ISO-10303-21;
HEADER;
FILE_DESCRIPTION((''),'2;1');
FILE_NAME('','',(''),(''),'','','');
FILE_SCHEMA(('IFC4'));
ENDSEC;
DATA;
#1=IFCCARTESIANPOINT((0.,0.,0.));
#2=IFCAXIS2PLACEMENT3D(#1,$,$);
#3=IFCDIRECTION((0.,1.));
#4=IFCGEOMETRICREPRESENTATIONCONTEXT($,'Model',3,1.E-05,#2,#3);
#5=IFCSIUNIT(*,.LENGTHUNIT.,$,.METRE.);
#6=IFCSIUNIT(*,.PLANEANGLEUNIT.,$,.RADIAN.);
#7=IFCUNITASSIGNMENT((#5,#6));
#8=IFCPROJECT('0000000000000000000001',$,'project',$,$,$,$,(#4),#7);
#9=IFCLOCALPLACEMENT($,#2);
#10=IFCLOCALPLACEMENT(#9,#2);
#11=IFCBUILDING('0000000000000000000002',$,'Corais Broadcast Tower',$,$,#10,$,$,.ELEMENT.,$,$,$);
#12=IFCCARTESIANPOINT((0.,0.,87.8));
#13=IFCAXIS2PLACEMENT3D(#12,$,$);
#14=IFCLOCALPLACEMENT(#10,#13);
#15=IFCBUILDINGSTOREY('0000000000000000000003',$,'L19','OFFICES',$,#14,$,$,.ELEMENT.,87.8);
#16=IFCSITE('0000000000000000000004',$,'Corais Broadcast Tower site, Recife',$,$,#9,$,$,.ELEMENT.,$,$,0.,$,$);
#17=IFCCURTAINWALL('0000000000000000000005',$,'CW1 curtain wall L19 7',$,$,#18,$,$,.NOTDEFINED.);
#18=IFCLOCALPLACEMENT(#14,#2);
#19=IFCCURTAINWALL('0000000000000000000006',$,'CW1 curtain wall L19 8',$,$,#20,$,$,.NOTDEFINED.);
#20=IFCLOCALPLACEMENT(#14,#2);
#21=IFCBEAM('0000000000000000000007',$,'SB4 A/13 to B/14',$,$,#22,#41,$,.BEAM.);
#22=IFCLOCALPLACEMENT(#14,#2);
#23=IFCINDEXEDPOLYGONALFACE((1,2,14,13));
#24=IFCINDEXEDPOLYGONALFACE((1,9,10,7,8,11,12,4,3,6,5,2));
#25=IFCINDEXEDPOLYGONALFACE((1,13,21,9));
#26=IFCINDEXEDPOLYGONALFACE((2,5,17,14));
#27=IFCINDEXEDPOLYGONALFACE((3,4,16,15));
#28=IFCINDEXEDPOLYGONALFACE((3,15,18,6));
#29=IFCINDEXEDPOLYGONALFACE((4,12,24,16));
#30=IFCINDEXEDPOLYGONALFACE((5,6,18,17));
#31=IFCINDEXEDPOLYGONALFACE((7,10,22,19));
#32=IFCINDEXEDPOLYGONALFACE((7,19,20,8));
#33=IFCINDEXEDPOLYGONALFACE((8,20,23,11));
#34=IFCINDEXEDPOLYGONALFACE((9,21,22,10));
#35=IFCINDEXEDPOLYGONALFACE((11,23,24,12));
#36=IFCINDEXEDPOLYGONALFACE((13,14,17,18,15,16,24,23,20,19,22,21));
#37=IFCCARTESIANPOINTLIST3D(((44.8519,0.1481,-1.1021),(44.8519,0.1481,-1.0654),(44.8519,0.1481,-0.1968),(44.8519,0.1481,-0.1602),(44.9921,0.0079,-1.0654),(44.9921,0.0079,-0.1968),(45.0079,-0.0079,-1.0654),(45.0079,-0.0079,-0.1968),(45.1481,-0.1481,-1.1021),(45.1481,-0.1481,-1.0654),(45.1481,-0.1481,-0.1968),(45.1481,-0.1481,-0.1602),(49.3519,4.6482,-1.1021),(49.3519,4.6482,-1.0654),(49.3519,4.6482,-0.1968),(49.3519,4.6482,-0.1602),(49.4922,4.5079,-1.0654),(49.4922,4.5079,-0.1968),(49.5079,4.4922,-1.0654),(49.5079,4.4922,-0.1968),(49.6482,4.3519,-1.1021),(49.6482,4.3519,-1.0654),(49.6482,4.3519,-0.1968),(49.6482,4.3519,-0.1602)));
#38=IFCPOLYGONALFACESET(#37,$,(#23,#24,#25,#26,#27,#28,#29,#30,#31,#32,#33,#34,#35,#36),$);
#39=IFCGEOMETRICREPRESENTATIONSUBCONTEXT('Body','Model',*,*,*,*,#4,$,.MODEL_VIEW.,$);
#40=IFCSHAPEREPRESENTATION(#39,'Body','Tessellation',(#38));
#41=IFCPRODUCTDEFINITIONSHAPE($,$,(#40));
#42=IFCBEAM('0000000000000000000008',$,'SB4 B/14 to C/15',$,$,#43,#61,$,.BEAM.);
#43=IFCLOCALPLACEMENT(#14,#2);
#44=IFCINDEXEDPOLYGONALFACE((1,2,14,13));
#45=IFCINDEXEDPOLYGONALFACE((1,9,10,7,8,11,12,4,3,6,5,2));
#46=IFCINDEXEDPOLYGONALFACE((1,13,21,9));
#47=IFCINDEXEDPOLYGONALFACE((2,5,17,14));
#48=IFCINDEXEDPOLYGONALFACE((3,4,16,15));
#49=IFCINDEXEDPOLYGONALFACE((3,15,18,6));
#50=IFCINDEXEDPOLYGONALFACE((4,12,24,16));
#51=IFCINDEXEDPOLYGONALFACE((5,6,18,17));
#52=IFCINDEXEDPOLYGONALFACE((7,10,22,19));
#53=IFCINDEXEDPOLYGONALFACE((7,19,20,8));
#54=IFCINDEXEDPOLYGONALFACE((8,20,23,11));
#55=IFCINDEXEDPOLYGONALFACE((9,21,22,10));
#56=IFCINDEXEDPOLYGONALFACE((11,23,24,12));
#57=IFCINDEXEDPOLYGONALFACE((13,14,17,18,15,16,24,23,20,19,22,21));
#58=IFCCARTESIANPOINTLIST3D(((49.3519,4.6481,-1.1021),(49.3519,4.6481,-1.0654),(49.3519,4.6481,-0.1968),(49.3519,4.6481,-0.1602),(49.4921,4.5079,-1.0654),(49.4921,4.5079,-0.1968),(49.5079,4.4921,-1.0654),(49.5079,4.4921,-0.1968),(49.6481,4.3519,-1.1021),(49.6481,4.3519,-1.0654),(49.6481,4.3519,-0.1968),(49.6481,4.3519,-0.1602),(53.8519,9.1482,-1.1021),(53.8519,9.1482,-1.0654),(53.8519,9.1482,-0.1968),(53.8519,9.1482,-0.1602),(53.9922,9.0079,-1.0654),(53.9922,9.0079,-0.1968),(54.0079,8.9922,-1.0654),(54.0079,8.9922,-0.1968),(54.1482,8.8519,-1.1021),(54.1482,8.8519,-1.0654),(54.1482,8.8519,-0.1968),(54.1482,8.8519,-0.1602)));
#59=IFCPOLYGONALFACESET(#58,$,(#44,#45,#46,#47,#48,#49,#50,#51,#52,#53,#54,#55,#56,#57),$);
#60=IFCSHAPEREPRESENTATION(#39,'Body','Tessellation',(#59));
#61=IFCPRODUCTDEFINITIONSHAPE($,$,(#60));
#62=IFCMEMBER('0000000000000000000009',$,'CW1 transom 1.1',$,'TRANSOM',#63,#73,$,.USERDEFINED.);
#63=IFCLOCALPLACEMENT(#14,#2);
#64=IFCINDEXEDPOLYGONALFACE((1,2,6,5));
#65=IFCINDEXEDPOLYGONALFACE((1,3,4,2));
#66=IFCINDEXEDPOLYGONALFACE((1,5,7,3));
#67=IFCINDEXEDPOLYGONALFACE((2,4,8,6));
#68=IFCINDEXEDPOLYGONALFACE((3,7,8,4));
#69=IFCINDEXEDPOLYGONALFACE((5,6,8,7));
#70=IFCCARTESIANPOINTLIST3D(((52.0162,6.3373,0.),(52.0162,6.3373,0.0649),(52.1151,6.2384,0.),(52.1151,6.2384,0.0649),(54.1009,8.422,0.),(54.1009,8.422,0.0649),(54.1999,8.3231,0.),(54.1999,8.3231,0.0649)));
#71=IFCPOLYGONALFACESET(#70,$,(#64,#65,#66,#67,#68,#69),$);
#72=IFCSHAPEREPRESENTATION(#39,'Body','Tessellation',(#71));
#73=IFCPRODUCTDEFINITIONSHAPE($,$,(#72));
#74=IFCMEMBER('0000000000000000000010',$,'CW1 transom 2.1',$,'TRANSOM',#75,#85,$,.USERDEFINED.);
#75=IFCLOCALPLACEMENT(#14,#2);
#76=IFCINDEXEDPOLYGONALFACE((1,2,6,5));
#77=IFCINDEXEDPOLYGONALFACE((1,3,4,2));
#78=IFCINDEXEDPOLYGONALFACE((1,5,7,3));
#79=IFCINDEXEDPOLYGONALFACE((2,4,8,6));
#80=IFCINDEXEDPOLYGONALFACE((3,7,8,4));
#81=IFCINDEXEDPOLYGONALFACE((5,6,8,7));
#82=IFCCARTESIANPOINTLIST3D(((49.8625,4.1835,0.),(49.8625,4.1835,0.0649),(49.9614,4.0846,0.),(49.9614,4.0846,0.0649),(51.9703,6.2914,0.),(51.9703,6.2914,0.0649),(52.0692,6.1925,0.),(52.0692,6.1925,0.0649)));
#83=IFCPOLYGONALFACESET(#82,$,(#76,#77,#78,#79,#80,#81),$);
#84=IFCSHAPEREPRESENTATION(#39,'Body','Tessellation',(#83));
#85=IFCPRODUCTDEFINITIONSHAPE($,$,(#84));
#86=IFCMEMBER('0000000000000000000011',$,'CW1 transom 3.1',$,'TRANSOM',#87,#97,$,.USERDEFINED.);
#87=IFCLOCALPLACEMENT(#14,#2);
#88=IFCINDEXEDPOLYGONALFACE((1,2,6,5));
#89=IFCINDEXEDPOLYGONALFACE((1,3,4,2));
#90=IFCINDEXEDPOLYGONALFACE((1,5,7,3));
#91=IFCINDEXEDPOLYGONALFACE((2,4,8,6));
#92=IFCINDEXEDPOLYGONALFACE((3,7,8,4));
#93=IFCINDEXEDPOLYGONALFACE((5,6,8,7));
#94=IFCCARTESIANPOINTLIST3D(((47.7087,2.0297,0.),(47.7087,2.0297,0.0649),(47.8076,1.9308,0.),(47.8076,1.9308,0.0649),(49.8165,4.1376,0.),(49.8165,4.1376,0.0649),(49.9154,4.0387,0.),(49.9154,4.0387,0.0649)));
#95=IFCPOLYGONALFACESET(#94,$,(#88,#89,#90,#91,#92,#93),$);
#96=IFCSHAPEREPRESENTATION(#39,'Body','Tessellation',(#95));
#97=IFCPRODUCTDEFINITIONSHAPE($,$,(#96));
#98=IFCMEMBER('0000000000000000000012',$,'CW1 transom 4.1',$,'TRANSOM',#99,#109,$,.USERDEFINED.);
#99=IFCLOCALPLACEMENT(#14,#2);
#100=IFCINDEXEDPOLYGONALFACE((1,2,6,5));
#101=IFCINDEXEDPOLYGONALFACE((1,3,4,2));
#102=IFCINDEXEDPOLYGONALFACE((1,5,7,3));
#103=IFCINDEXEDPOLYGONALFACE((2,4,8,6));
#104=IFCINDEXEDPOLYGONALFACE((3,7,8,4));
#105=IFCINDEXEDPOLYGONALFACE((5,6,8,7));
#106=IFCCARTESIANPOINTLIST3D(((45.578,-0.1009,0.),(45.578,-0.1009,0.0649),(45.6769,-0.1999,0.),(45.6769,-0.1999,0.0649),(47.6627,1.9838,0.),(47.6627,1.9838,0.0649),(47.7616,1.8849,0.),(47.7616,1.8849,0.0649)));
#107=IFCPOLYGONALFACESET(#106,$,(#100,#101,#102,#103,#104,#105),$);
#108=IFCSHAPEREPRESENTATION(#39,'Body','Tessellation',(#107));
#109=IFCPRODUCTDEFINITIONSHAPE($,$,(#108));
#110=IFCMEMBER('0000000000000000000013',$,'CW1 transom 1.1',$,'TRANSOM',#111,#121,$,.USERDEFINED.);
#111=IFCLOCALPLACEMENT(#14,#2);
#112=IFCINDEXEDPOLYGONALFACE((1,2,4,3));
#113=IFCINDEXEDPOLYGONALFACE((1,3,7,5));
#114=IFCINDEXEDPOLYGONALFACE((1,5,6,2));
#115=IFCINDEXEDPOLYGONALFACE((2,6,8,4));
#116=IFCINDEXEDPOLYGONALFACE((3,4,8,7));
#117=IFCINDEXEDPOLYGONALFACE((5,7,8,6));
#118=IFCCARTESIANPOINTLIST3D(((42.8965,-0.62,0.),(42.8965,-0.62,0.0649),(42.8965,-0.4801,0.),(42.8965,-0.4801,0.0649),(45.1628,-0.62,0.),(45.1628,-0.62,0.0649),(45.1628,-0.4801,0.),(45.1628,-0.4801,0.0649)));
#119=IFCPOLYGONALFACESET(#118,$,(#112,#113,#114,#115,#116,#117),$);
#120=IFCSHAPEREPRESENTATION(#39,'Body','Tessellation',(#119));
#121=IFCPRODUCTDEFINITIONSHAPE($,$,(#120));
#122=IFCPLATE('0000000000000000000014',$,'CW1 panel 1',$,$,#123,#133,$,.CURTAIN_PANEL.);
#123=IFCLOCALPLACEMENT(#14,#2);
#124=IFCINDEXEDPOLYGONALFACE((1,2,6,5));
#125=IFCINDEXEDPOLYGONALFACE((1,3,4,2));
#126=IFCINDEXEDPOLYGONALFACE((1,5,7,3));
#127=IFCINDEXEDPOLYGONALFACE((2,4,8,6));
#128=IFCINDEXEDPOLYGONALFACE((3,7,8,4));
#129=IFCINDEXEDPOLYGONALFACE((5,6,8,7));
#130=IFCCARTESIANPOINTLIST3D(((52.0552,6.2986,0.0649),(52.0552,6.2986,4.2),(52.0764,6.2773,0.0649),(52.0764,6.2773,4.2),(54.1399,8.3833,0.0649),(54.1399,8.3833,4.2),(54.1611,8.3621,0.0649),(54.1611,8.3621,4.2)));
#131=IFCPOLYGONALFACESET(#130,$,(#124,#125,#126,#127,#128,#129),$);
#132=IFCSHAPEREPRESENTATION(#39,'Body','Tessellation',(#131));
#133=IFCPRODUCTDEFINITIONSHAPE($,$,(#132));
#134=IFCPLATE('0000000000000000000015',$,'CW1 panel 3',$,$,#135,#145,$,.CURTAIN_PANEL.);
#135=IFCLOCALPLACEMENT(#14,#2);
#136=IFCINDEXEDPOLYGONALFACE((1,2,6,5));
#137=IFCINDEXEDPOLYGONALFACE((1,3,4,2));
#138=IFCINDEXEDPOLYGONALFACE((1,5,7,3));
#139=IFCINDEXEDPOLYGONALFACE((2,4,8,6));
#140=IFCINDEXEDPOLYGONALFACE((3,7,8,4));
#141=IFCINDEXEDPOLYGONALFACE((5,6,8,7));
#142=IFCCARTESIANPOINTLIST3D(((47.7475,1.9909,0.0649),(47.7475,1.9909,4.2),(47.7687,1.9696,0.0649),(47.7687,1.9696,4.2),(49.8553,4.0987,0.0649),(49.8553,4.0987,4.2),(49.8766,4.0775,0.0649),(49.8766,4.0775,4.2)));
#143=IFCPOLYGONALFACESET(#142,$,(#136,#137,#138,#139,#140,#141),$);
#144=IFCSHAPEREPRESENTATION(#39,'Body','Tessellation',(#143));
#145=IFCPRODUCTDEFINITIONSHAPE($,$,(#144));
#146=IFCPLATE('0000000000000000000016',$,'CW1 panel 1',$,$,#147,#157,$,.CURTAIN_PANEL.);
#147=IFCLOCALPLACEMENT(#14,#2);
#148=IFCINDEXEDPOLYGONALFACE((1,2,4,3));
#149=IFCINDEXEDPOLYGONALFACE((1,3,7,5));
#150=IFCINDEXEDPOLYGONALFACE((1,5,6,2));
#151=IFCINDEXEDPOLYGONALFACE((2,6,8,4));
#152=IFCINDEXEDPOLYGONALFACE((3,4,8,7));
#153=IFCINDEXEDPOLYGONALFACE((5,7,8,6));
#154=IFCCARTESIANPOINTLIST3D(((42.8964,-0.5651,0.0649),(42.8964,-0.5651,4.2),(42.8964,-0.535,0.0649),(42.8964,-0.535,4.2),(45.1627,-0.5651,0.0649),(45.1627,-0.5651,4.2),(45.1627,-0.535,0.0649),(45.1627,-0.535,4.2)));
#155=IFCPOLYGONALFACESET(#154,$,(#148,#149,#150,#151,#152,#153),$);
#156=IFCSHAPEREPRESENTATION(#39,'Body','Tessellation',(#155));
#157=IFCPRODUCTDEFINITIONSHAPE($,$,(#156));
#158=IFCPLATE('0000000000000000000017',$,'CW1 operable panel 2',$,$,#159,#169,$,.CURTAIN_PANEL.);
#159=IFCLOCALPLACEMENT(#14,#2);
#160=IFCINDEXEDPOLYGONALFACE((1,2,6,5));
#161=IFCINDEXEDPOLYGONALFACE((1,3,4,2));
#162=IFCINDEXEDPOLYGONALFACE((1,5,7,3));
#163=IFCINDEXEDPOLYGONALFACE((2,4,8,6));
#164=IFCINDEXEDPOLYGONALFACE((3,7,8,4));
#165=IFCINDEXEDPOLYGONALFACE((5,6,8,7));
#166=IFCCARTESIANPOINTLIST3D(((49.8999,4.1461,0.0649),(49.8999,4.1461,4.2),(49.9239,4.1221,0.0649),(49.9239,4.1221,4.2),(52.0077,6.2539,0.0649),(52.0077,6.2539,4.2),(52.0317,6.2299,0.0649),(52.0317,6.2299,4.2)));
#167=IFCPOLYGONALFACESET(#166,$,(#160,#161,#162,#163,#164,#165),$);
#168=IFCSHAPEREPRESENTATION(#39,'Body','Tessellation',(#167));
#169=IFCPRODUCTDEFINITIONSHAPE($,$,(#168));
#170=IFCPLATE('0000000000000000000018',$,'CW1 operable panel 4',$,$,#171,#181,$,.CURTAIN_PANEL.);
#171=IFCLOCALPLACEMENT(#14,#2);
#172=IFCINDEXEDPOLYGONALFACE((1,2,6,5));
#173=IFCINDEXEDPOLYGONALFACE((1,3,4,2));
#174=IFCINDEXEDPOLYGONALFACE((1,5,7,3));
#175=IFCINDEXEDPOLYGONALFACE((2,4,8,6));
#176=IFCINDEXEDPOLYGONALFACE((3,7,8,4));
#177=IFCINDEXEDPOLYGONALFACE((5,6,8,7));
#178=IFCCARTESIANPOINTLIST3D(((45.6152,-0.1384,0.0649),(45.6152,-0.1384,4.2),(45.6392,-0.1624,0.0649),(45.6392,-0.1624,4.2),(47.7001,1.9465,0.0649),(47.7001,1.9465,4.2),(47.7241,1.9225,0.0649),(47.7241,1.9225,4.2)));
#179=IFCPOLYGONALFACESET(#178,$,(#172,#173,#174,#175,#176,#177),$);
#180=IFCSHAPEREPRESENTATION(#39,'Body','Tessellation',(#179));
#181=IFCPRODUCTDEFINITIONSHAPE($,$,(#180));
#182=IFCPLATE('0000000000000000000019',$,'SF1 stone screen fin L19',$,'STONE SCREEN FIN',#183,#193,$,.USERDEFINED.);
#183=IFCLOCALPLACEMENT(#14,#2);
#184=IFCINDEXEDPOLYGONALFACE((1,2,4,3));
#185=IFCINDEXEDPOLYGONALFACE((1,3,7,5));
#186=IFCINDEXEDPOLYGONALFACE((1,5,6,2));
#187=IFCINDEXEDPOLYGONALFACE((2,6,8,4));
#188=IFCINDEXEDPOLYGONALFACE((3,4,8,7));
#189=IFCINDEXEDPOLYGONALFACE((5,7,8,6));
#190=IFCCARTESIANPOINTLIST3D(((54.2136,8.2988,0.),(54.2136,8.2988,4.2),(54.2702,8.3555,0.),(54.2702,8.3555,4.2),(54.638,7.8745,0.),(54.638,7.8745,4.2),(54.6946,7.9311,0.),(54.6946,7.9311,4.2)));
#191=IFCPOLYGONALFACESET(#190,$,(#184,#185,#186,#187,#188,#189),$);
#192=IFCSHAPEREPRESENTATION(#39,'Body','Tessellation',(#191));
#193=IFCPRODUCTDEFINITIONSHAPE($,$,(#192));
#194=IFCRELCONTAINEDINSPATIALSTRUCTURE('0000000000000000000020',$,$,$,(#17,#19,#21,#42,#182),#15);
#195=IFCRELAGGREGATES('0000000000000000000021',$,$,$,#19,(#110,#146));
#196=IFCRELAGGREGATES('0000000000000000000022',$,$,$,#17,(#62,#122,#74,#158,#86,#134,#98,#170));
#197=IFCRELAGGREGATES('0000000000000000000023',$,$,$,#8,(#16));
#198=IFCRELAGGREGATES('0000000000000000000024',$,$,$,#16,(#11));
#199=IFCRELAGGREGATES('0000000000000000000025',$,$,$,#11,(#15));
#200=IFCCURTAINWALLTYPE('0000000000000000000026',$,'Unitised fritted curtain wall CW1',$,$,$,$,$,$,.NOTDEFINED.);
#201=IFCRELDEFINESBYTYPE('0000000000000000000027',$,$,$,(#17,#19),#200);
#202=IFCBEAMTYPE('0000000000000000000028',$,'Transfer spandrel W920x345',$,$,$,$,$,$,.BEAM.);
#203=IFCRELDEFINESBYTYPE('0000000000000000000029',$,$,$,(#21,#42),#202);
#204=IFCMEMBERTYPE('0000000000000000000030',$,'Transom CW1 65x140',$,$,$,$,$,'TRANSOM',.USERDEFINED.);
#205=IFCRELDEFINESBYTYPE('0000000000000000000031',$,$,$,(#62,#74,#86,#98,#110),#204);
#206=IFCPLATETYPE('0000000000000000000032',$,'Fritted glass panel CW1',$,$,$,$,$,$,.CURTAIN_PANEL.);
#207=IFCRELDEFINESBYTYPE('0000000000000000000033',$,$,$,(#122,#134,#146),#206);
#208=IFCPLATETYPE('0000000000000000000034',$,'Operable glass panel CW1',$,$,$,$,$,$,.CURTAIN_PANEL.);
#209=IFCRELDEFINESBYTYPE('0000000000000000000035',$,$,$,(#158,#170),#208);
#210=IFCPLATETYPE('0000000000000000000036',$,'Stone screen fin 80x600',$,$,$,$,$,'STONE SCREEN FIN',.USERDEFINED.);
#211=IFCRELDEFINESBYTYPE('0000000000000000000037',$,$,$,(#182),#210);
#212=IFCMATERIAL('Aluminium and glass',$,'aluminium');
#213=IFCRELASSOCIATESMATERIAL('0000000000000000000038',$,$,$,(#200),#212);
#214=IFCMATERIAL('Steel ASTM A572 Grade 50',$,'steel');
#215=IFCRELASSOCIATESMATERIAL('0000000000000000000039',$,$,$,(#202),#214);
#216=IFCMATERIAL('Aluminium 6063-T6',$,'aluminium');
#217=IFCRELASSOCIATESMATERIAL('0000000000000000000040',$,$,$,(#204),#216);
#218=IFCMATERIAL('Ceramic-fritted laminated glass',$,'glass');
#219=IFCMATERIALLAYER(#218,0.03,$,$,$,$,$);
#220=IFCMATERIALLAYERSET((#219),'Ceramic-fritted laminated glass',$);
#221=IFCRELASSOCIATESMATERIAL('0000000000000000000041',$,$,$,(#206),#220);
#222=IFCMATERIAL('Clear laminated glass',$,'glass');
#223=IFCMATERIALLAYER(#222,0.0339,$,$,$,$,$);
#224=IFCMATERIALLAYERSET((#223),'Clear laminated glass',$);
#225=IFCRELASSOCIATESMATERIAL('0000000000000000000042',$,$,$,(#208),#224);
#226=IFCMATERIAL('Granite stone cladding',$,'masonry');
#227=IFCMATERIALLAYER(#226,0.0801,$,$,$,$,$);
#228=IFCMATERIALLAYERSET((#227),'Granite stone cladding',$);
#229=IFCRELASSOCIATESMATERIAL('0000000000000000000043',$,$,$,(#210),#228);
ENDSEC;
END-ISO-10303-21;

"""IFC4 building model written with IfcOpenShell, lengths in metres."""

from ifc_helpers import new_model, si_unit, direction, frame, origin, origin_2d, place, context, subcontext, project, spatial, rectangle, i_section, extrude, material, layer, layer_set, material_profile, profile_set, type_object, element, aggregate, save


model = new_model("IFC4")

# Units and contexts
model_context = context("Model", 3, precision=1e-05, world=origin(), true_north=direction((0.0, 1.0)))
body_context = subcontext(model_context, "Body", "Model", "MODEL_VIEW")
ifc_project = project(units=[si_unit("LENGTHUNIT", "METRE"), si_unit("PLANEANGLEUNIT", "RADIAN")], contexts=[model_context])

# Site, building, storey
site_placement = place(None, origin())
site = spatial("IfcSite", under=ifc_project, at=site_placement, Name="Corais Broadcast Tower site, Recife", CompositionType="ELEMENT", RefElevation=0.0)
building_placement = place(site_placement, origin())
building = spatial("IfcBuilding", under=site, at=building_placement, Name="Corais Broadcast Tower", CompositionType="ELEMENT")
storey_placement = place(building_placement, frame((0.0, 0.0, 87.8)))
storey = spatial("IfcBuildingStorey", under=building, at=storey_placement, Name="L19", Description="OFFICES", CompositionType="ELEMENT", Elevation=87.8)

# Shared definitions
ifc_material_1 = material(Name="Aluminium and glass", Category="aluminium")
curtain_wall_type = type_object("IfcCurtainWallType", Name="Unitised fritted curtain wall CW1", PredefinedType="NOTDEFINED", material=ifc_material_1)

# Curtain wall
curtain_wall_1_placement = place(storey_placement, origin())
curtain_wall_1 = element("IfcCurtainWall", 1, at=curtain_wall_1_placement, inside=storey, type_object=curtain_wall_type, Name="CW1 curtain wall L19 7", PredefinedType="NOTDEFINED")

# Curtain wall
curtain_wall_2_placement = place(storey_placement, origin())
curtain_wall_2 = element("IfcCurtainWall", 2, at=curtain_wall_2_placement, inside=storey, type_object=curtain_wall_type, Name="CW1 curtain wall L19 8", PredefinedType="NOTDEFINED")

# Beams
ifc_material_2 = material(Name="Steel ASTM A572 Grade 50", Category="steel")
ifc_material_profile_1 = material_profile(ifc_material_2, i_section(OverallWidth=0.4189, OverallDepth=0.9419, WebThickness=0.0222, FlangeThickness=0.0366, at=origin_2d()), Name="W920x345")
ifc_profile_set_1 = profile_set([ifc_material_profile_1], Name="Steel ASTM A572 Grade 50")
beam_type_1 = type_object("IfcBeamType", Name="Transfer spandrel W920x345", PredefinedType="BEAM", material=ifc_profile_set_1)
for number, where, z_axis, x_axis, name in (
    (3, (45.0, 0.0, -0.6311), (0.707107, 0.707107, 0.0), (-0.707107, 0.707107, 0.0), "SB4 A/13 to B/14"),
    (4, (49.5, 4.5, -0.6311), (0.707107, 0.707107, 0.0), (-0.707107, 0.707107, 0.0), "SB4 B/14 to C/15"),
):
    element("IfcBeam", number, at=place(storey_placement, frame(where, z_axis=z_axis, x_axis=x_axis)), inside=storey, type_object=beam_type_1, Name=name, PredefinedType="BEAM", context=body_context, shape_type="SweptSolid", body=[
        extrude(i_section(OverallWidth=0.4189, OverallDepth=0.9419, WebThickness=0.0222, FlangeThickness=0.0366, at=origin_2d()), origin(), (0.0, 0.0, 1.0), 6.364),
    ])

# Members
ifc_material_3 = material(Name="Aluminium 6063-T6", Category="aluminium")
ifc_material_profile_2 = material_profile(ifc_material_3, rectangle(XDim=0.1399, YDim=0.0649, at=origin_2d()), Name="Transom CW1 65x140")
ifc_profile_set_2 = profile_set([ifc_material_profile_2], Name="Aluminium 6063-T6")
member_type_1 = type_object("IfcMemberType", Name="Transom CW1 65x140", ElementType="TRANSOM", PredefinedType="USERDEFINED", material=ifc_profile_set_2)
member_1_placement = place(storey_placement, frame((54.1504, 8.3726, 0.0325), z_axis=(-0.707107, -0.707107, 0.0), x_axis=(0.707107, -0.707107, 0.0)))
member_1 = element("IfcMember", 5, at=member_1_placement, type_object=member_type_1, Name="CW1 transom 1.1", ObjectType="TRANSOM", PredefinedType="USERDEFINED", context=body_context, shape_type="SweptSolid", body=[
    extrude(rectangle(XDim=0.1399, YDim=0.0649, at=origin_2d()), origin(), (0.0, 0.0, 1.0), 2.9482),
])
member_2_placement = place(storey_placement, frame((52.0198, 6.2419, 0.0325), z_axis=(-0.707107, -0.707107, 0.0), x_axis=(0.707107, -0.707107, 0.0)))
member_2 = element("IfcMember", 6, at=member_2_placement, type_object=member_type_1, Name="CW1 transom 2.1", ObjectType="TRANSOM", PredefinedType="USERDEFINED", context=body_context, shape_type="SweptSolid", body=[
    extrude(rectangle(XDim=0.1399, YDim=0.0649, at=origin_2d()), origin(), (0.0, 0.0, 1.0), 2.981),
])
member_3_placement = place(storey_placement, frame((49.866, 4.0881, 0.0325), z_axis=(-0.707107, -0.707107, 0.0), x_axis=(0.707107, -0.707107, 0.0)))
member_3 = element("IfcMember", 7, at=member_3_placement, type_object=member_type_1, Name="CW1 transom 3.1", ObjectType="TRANSOM", PredefinedType="USERDEFINED", context=body_context, shape_type="SweptSolid", body=[
    extrude(rectangle(XDim=0.1399, YDim=0.0649, at=origin_2d()), origin(), (0.0, 0.0, 1.0), 2.981),
])
member_4_placement = place(storey_placement, frame((47.7122, 1.9343, 0.0325), z_axis=(-0.707107, -0.707107, 0.0), x_axis=(0.707107, -0.707107, 0.0)))
member_4 = element("IfcMember", 8, at=member_4_placement, type_object=member_type_1, Name="CW1 transom 4.1", ObjectType="TRANSOM", PredefinedType="USERDEFINED", context=body_context, shape_type="SweptSolid", body=[
    extrude(rectangle(XDim=0.1399, YDim=0.0649, at=origin_2d()), origin(), (0.0, 0.0, 1.0), 2.9482),
])
member_5_placement = place(storey_placement, frame((45.1628, -0.55, 0.0325), z_axis=(-1.0, 0.0, 0.0), x_axis=(0.0, -1.0, 0.0)))
member_5 = element("IfcMember", 9, at=member_5_placement, type_object=member_type_1, Name="CW1 transom 1.1", ObjectType="TRANSOM", PredefinedType="USERDEFINED", context=body_context, shape_type="SweptSolid", body=[
    extrude(rectangle(XDim=0.1399, YDim=0.0649, at=origin_2d()), origin(), (0.0, 0.0, 1.0), 2.2664),
])

# Plates
ifc_material_4 = material(Name="Ceramic-fritted laminated glass", Category="glass")
ifc_layer_1 = layer(ifc_material_4, 0.03)
ifc_layer_set_1 = layer_set([ifc_layer_1], Name="Ceramic-fritted laminated glass")
plate_type_1 = type_object("IfcPlateType", Name="Fritted glass panel CW1", PredefinedType="CURTAIN_PANEL", material=ifc_layer_set_1)
plate_1_placement = place(storey_placement, frame((53.1082, 7.3303, 0.0649), z_axis=(0.0, 0.0, 1.0), x_axis=(-0.707107, -0.707107, 0.0)))
plate_1 = element("IfcPlate", 10, at=plate_1_placement, type_object=plate_type_1, Name="CW1 panel 1", PredefinedType="CURTAIN_PANEL", context=body_context, shape_type="SweptSolid", body=[
    extrude(rectangle(XDim=2.9482, YDim=0.03, at=origin_2d()), origin(), (0.0, 0.0, 1.0), 4.135),
])
plate_2_placement = place(storey_placement, frame((48.812, 3.0342, 0.0649), z_axis=(0.0, 0.0, 1.0), x_axis=(-0.707107, -0.707107, 0.0)))
plate_2 = element("IfcPlate", 11, at=plate_2_placement, type_object=plate_type_1, Name="CW1 panel 3", PredefinedType="CURTAIN_PANEL", context=body_context, shape_type="SweptSolid", body=[
    extrude(rectangle(XDim=2.981, YDim=0.03, at=origin_2d()), origin(), (0.0, 0.0, 1.0), 4.135),
])
plate_3_placement = place(storey_placement, frame((44.0295, -0.55, 0.0649), z_axis=(0.0, 0.0, 1.0), x_axis=(-1.0, 0.0, 0.0)))
plate_3 = element("IfcPlate", 12, at=plate_3_placement, type_object=plate_type_1, Name="CW1 panel 1", PredefinedType="CURTAIN_PANEL", context=body_context, shape_type="SweptSolid", body=[
    extrude(rectangle(XDim=2.2664, YDim=0.03, at=origin_2d()), origin(), (0.0, 0.0, 1.0), 4.135),
])
aggregate(curtain_wall_2, [member_5, plate_3])
ifc_material_5 = material(Name="Clear laminated glass", Category="glass")
ifc_layer_2 = layer(ifc_material_5, 0.0339)
ifc_layer_set_2 = layer_set([ifc_layer_2], Name="Clear laminated glass")
plate_type_2 = type_object("IfcPlateType", Name="Operable glass panel CW1", PredefinedType="CURTAIN_PANEL", material=ifc_layer_set_2)
plate_4_placement = place(storey_placement, frame((50.9658, 5.188, 0.0649), z_axis=(0.0, 0.0, 1.0), x_axis=(-0.707107, -0.707107, 0.0)))
plate_4 = element("IfcPlate", 13, at=plate_4_placement, type_object=plate_type_2, Name="CW1 operable panel 2", PredefinedType="CURTAIN_PANEL", context=body_context, shape_type="SweptSolid", body=[
    extrude(rectangle(XDim=2.981, YDim=0.0339, at=origin_2d()), origin(), (0.0, 0.0, 1.0), 4.135),
])
plate_5_placement = place(storey_placement, frame((46.6697, 0.8921, 0.0649), z_axis=(0.0, 0.0, 1.0), x_axis=(-0.707107, -0.707107, 0.0)))
plate_5 = element("IfcPlate", 14, at=plate_5_placement, type_object=plate_type_2, Name="CW1 operable panel 4", PredefinedType="CURTAIN_PANEL", context=body_context, shape_type="SweptSolid", body=[
    extrude(rectangle(XDim=2.9485, YDim=0.0339, at=origin_2d()), origin(), (0.0, 0.0, 1.0), 4.135),
])
aggregate(curtain_wall_1, [member_1, plate_1, member_2, plate_4, member_3, plate_2, member_4, plate_5])

# Plate
ifc_material_6 = material(Name="Granite stone cladding", Category="masonry")
ifc_layer_3 = layer(ifc_material_6, 0.0801)
ifc_layer_set_3 = layer_set([ifc_layer_3], Name="Granite stone cladding")
plate_type_3 = type_object("IfcPlateType", Name="Stone screen fin 80x600", ElementType="STONE SCREEN FIN", PredefinedType="USERDEFINED", material=ifc_layer_set_3)
for number, where, z_axis, x_axis, name in (
    (15, (54.4541, 8.115, 0.0), (0.0, 0.0, 1.0), (-0.707107, -0.707107, 0.0), "SF1 stone screen fin L19"),
):
    element("IfcPlate", number, at=place(storey_placement, frame(where, z_axis=z_axis, x_axis=x_axis)), inside=storey, type_object=plate_type_3, Name=name, ObjectType="STONE SCREEN FIN", PredefinedType="USERDEFINED", context=body_context, shape_type="SweptSolid", body=[
        extrude(rectangle(XDim=0.0801, YDim=0.6001, at=origin_2d()), origin(), (0.0, 0.0, 1.0), 4.2),
    ])

save(model, "model.ifc")
